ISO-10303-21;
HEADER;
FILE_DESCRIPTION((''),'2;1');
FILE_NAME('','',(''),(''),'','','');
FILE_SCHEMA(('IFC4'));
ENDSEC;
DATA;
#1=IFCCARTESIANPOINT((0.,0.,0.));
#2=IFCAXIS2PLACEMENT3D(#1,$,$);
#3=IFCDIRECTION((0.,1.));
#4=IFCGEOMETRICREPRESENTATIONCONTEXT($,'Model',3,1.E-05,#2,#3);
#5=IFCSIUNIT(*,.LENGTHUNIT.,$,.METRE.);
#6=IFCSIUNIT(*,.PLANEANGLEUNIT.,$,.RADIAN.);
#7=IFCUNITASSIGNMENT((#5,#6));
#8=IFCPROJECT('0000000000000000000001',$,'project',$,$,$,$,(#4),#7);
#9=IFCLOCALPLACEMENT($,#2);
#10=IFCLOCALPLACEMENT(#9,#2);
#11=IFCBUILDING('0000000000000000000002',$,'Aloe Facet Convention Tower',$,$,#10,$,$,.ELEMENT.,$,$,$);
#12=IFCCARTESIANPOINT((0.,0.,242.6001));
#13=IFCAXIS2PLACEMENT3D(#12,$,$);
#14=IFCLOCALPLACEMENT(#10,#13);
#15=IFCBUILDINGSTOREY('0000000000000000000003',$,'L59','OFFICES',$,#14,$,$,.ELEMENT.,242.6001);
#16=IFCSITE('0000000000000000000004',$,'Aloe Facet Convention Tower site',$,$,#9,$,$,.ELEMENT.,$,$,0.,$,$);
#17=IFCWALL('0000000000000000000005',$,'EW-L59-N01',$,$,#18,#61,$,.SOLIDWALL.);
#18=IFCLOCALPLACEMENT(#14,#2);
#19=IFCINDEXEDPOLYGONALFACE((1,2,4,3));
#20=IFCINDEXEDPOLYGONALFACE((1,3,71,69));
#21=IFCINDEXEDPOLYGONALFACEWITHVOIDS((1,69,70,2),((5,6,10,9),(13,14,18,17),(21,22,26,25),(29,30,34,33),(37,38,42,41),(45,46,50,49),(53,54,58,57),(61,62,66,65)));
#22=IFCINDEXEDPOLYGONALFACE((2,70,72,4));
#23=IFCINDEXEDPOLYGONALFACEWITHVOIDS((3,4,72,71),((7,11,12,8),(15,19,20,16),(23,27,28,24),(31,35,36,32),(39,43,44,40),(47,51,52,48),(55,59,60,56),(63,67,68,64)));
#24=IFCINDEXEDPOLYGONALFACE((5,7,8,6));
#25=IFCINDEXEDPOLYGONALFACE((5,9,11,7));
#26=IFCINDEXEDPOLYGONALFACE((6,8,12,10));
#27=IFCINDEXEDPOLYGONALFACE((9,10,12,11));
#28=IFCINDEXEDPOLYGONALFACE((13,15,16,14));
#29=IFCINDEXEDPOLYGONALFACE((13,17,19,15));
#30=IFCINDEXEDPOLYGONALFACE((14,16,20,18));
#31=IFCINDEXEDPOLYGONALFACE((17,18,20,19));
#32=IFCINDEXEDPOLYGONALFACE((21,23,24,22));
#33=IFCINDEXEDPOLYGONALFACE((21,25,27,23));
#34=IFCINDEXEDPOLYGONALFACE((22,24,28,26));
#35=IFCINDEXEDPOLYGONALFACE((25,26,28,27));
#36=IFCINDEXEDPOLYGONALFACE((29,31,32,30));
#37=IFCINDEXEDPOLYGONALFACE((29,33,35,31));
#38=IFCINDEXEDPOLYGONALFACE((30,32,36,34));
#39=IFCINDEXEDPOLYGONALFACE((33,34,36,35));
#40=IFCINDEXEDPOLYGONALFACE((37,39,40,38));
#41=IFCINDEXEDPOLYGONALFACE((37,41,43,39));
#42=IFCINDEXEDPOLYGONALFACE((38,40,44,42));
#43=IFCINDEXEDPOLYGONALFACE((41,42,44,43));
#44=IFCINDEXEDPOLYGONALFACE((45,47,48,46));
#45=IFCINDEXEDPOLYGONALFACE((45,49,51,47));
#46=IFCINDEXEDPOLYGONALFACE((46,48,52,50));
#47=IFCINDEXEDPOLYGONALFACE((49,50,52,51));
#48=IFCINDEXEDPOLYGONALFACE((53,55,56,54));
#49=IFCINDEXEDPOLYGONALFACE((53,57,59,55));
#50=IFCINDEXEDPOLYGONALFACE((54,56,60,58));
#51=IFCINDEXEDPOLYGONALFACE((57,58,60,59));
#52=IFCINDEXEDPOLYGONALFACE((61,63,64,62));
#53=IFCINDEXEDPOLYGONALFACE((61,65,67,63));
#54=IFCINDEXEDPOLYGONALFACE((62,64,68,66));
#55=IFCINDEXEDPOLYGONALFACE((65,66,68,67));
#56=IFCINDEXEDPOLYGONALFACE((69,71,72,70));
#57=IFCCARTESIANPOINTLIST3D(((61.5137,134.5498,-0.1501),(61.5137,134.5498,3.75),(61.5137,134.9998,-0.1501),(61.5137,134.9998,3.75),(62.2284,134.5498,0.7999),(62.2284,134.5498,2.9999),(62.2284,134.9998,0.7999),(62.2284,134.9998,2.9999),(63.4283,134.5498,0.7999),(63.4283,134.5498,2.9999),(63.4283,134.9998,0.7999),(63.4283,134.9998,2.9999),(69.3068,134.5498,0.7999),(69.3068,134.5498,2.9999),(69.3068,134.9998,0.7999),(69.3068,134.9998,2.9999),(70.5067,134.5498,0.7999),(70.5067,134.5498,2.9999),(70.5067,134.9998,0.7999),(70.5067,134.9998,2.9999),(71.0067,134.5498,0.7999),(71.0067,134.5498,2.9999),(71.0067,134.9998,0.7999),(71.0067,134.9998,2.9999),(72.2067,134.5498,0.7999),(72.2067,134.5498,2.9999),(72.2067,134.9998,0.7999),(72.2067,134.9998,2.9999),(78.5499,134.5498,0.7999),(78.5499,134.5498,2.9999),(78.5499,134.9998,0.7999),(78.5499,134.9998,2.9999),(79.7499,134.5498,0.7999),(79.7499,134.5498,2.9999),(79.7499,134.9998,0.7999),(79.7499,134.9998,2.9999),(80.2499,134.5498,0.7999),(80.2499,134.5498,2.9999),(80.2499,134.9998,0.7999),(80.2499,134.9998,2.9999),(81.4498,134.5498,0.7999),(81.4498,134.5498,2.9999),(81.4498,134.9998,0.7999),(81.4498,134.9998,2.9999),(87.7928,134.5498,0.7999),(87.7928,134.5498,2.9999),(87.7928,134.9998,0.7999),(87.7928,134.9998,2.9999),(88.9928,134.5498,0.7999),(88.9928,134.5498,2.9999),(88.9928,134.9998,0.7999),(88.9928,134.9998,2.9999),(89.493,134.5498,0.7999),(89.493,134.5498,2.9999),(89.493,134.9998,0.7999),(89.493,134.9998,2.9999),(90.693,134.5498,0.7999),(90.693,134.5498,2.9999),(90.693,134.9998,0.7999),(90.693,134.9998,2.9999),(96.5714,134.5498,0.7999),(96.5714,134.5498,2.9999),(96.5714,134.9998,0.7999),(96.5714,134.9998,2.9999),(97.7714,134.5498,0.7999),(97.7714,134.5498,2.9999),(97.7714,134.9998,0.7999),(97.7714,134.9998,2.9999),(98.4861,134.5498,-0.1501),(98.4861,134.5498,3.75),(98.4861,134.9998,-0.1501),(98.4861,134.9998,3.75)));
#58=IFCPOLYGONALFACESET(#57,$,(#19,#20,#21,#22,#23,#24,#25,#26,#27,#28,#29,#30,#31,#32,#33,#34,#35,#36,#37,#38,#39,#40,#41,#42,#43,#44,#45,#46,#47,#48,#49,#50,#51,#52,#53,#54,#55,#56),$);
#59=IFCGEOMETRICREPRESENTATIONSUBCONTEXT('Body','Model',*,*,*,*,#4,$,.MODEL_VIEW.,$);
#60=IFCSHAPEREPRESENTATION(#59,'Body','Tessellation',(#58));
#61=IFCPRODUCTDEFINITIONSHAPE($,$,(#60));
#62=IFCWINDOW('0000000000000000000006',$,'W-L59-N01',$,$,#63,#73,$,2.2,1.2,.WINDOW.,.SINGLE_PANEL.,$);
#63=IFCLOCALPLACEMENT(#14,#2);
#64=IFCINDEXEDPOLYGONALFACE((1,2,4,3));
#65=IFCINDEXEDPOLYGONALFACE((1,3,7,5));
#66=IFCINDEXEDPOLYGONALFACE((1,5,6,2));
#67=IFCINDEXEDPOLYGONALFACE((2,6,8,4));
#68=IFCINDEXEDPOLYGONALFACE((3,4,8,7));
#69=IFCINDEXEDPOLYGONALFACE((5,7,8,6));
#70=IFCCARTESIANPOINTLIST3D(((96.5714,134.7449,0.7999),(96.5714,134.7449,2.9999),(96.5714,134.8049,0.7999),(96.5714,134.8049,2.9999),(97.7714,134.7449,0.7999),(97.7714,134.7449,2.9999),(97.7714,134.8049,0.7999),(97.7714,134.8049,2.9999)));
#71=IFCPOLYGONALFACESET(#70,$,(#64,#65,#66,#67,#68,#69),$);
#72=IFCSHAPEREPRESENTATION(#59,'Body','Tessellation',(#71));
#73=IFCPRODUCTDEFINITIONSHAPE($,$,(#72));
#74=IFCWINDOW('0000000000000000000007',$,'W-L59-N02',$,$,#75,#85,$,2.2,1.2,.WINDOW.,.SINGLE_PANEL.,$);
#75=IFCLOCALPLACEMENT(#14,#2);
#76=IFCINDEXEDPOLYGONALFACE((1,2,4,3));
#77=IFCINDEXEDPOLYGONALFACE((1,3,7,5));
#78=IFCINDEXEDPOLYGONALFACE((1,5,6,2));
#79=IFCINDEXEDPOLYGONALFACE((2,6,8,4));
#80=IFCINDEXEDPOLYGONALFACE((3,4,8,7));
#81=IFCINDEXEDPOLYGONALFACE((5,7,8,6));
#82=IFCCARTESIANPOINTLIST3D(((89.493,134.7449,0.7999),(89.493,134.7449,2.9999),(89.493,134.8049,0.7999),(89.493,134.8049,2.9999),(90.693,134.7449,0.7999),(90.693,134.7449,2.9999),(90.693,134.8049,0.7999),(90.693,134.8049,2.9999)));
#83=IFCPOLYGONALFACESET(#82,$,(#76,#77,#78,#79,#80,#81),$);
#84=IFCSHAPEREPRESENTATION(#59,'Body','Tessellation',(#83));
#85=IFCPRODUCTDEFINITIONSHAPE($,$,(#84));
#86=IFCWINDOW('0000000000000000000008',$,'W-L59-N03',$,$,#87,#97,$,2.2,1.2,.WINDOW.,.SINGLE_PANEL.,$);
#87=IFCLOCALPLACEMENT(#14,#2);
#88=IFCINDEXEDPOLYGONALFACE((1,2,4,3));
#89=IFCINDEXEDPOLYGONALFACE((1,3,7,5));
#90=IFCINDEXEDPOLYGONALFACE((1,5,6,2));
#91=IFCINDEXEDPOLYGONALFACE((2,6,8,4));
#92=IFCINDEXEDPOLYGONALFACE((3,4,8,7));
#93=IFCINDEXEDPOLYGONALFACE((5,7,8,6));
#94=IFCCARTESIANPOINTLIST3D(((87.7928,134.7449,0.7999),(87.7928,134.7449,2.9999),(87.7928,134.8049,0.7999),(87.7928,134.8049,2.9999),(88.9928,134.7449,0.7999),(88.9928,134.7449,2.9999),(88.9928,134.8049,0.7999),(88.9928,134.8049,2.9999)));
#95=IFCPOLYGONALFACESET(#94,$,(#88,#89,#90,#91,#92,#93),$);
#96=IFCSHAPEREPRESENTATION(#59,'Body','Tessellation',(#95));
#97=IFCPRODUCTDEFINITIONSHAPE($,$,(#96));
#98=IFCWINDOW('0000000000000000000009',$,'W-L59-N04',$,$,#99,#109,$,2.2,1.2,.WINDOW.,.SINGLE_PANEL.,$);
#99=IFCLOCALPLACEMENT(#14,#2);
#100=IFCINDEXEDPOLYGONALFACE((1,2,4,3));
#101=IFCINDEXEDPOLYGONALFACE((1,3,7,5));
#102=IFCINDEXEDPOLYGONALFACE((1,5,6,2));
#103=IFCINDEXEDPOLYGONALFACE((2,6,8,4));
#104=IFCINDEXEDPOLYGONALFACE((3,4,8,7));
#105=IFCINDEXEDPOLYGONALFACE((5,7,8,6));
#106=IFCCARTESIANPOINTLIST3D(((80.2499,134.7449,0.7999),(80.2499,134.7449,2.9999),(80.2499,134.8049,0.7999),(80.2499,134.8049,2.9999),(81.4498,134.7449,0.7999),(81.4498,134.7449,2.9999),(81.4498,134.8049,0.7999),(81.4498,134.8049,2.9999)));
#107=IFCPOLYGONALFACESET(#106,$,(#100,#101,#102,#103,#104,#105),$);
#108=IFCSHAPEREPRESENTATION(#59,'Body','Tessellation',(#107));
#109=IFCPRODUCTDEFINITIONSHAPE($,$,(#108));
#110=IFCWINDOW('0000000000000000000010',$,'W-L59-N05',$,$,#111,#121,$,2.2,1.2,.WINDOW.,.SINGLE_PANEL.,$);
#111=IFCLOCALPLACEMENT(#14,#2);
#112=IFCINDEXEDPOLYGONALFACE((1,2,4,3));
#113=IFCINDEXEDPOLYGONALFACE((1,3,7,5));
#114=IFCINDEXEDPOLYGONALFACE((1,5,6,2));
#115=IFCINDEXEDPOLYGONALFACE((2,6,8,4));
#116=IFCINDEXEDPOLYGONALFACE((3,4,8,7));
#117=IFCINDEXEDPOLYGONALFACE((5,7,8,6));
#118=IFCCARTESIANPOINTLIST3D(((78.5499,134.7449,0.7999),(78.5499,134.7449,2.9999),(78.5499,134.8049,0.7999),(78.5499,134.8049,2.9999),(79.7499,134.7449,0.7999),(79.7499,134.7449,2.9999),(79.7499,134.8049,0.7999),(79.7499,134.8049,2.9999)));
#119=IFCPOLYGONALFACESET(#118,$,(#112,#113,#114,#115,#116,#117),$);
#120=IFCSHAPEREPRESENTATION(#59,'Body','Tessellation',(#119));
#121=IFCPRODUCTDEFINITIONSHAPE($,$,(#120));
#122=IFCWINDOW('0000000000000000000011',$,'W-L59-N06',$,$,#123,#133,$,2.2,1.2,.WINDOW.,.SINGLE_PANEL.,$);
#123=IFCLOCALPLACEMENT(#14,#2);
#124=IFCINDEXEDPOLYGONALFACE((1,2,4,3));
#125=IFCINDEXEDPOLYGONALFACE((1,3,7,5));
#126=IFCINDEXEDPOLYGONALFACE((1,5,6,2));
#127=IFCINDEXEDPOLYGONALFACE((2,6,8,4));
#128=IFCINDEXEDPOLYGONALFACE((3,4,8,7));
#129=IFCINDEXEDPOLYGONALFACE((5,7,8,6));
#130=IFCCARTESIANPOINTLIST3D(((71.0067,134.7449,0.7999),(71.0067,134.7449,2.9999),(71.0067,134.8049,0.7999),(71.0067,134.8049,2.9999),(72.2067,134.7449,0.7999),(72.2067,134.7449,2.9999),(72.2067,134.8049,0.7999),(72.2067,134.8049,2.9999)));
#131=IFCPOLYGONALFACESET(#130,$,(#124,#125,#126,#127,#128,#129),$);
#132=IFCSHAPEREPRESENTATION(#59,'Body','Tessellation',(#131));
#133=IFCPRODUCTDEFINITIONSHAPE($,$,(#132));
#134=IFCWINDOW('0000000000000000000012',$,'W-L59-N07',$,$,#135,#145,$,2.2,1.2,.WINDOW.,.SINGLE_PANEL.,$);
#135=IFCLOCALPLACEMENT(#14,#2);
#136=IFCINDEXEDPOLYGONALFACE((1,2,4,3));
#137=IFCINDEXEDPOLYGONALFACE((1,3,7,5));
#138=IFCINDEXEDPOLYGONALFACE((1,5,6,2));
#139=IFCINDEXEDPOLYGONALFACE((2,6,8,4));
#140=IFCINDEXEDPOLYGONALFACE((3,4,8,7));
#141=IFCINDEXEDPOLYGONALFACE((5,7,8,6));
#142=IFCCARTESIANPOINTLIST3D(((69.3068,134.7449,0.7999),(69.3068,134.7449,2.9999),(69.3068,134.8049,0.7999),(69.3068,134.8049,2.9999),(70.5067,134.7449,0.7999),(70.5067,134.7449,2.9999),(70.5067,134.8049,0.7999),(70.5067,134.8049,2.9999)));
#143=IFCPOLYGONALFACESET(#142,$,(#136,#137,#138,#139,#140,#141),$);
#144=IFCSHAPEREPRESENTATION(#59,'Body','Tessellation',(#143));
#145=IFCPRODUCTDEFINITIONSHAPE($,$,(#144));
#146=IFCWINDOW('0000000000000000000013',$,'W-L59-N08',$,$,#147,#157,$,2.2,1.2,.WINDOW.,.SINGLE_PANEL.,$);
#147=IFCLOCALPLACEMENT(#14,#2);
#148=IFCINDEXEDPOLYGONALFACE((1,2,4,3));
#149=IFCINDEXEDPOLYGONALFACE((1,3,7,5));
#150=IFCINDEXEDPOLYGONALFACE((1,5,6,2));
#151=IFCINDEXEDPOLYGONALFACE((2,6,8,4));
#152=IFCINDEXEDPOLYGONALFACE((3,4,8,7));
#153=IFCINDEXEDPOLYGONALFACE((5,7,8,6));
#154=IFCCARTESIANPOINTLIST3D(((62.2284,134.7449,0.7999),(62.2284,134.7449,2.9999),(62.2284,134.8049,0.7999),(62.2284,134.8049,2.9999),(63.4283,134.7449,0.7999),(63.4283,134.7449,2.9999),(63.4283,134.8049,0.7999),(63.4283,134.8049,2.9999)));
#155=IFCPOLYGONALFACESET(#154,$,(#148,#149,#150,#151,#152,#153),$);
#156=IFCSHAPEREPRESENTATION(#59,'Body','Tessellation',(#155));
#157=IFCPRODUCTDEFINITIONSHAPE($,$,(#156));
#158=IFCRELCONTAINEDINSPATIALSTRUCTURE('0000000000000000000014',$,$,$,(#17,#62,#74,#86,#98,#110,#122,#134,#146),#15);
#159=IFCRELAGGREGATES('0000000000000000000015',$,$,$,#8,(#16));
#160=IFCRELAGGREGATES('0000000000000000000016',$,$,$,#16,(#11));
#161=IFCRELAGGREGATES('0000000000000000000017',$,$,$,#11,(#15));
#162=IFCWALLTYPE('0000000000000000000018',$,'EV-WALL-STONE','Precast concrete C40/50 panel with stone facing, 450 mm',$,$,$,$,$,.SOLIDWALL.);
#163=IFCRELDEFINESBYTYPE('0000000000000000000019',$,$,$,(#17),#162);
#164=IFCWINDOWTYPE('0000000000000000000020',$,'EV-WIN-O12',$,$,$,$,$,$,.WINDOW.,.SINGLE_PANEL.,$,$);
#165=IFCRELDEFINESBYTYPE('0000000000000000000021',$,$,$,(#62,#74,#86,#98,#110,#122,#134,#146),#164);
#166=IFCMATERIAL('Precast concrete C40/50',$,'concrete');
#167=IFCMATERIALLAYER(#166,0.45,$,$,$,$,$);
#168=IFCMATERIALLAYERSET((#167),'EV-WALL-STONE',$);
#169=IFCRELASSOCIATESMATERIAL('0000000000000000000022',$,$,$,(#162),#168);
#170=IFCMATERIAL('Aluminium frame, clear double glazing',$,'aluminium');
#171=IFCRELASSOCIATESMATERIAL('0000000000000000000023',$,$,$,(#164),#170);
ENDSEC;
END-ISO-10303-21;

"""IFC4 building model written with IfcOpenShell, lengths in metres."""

from ifc_helpers import new_model, si_unit, direction, frame, frame_2d, origin, place, context, subcontext, project, spatial, polyline, rectangle, outline, extrude, material, layer, layer_set, type_object, element, fill, save


model = new_model("IFC4")

# Units and contexts
model_context = context("Model", 3, precision=1e-05, world=origin(), true_north=direction((0.0, 1.0)))
body_context = subcontext(model_context, "Body", "Model", "MODEL_VIEW")
ifc_project = project(units=[si_unit("LENGTHUNIT", "METRE"), si_unit("PLANEANGLEUNIT", "RADIAN")], contexts=[model_context])

# Site, building, storey
site_placement = place(None, origin())
site = spatial("IfcSite", under=ifc_project, at=site_placement, Name="Aloe Facet Convention Tower site", CompositionType="ELEMENT", RefElevation=0.0)
building_placement = place(site_placement, origin())
building = spatial("IfcBuilding", under=site, at=building_placement, Name="Aloe Facet Convention Tower", CompositionType="ELEMENT")
storey_placement = place(building_placement, frame((0.0, 0.0, 242.6001)))
storey = spatial("IfcBuildingStorey", under=building, at=storey_placement, Name="L59", Description="OFFICES", CompositionType="ELEMENT", Elevation=242.6001)

# Wall, openings, windows
ifc_material_1 = material(Name="Precast concrete C40/50", Category="concrete")
ifc_layer_1 = layer(ifc_material_1, 0.45)
ifc_layer_set_1 = layer_set([ifc_layer_1], Name="EV-WALL-STONE")
wall_type_1 = type_object("IfcWallType", Name="EV-WALL-STONE", Description="Precast concrete C40/50 panel with stone facing, 450 mm", PredefinedType="SOLIDWALL", material=ifc_layer_set_1)
wall_1_placement = place(storey_placement, frame((98.4861, 134.7749, -0.1501), z_axis=(0.0, 0.0, 1.0), x_axis=(-1.0, 0.0, 0.0)))
wall_1 = element("IfcWall", 1, at=wall_1_placement, inside=storey, type_object=wall_type_1, Name="EW-L59-N01", PredefinedType="SOLIDWALL", context=body_context, shape_type="SweptSolid", body=[
    extrude(outline(polyline([(36.9724, 0.0), (36.9724, 3.9001), (0.0, 3.9001), (0.0, 0.0), (36.9724, 0.0)])), frame((0.0, 0.2251, 0.0), z_axis=(0.0, -1.0, 0.0), x_axis=(1.0, 0.0, 0.0)), (0.0, 0.0, 1.0), 0.45),
])
opening_1_placement = place(wall_1_placement, frame((0.7146, 0.0, 0.95)))
opening_1 = element("IfcOpeningElement", 2, at=opening_1_placement, cuts=wall_1, PredefinedType="OPENING", context=body_context, shape_type="SweptSolid", body=[
    extrude(rectangle(XDim=1.2, YDim=2.2, at=frame_2d((0.6001, 1.1001))), frame((0.0, 0.2349, 0.0), z_axis=(0.0, -1.0, 0.0), x_axis=(1.0, 0.0, 0.0)), (0.0, 0.0, 1.0), 0.47),
])
opening_2_placement = place(wall_1_placement, frame((7.793, 0.0, 0.95)))
opening_2 = element("IfcOpeningElement", 3, at=opening_2_placement, cuts=wall_1, PredefinedType="OPENING", context=body_context, shape_type="SweptSolid", body=[
    extrude(rectangle(XDim=1.2, YDim=2.2, at=frame_2d((0.6001, 1.1001))), frame((0.0, 0.2349, 0.0), z_axis=(0.0, -1.0, 0.0), x_axis=(1.0, 0.0, 0.0)), (0.0, 0.0, 1.0), 0.47),
])
opening_3_placement = place(wall_1_placement, frame((9.4932, 0.0, 0.95)))
opening_3 = element("IfcOpeningElement", 4, at=opening_3_placement, cuts=wall_1, PredefinedType="OPENING", context=body_context, shape_type="SweptSolid", body=[
    extrude(rectangle(XDim=1.2, YDim=2.2, at=frame_2d((0.6001, 1.1001))), frame((0.0, 0.2349, 0.0), z_axis=(0.0, -1.0, 0.0), x_axis=(1.0, 0.0, 0.0)), (0.0, 0.0, 1.0), 0.47),
])
opening_4_placement = place(wall_1_placement, frame((17.0361, 0.0, 0.95)))
opening_4 = element("IfcOpeningElement", 5, at=opening_4_placement, cuts=wall_1, PredefinedType="OPENING", context=body_context, shape_type="SweptSolid", body=[
    extrude(rectangle(XDim=1.2, YDim=2.2, at=frame_2d((0.6001, 1.1001))), frame((0.0, 0.2349, 0.0), z_axis=(0.0, -1.0, 0.0), x_axis=(1.0, 0.0, 0.0)), (0.0, 0.0, 1.0), 0.47),
])
opening_5_placement = place(wall_1_placement, frame((18.7361, 0.0, 0.95)))
opening_5 = element("IfcOpeningElement", 6, at=opening_5_placement, cuts=wall_1, PredefinedType="OPENING", context=body_context, shape_type="SweptSolid", body=[
    extrude(rectangle(XDim=1.2, YDim=2.2, at=frame_2d((0.6001, 1.1001))), frame((0.0, 0.2349, 0.0), z_axis=(0.0, -1.0, 0.0), x_axis=(1.0, 0.0, 0.0)), (0.0, 0.0, 1.0), 0.47),
])
opening_6_placement = place(wall_1_placement, frame((26.2793, 0.0, 0.95)))
opening_6 = element("IfcOpeningElement", 7, at=opening_6_placement, cuts=wall_1, PredefinedType="OPENING", context=body_context, shape_type="SweptSolid", body=[
    extrude(rectangle(XDim=1.2, YDim=2.2, at=frame_2d((0.6001, 1.1001))), frame((0.0, 0.2349, 0.0), z_axis=(0.0, -1.0, 0.0), x_axis=(1.0, 0.0, 0.0)), (0.0, 0.0, 1.0), 0.47),
])
opening_7_placement = place(wall_1_placement, frame((27.9792, 0.0, 0.95)))
opening_7 = element("IfcOpeningElement", 8, at=opening_7_placement, cuts=wall_1, PredefinedType="OPENING", context=body_context, shape_type="SweptSolid", body=[
    extrude(rectangle(XDim=1.2, YDim=2.2, at=frame_2d((0.6001, 1.1001))), frame((0.0, 0.2349, 0.0), z_axis=(0.0, -1.0, 0.0), x_axis=(1.0, 0.0, 0.0)), (0.0, 0.0, 1.0), 0.47),
])
opening_8_placement = place(wall_1_placement, frame((35.0576, 0.0, 0.95)))
opening_8 = element("IfcOpeningElement", 9, at=opening_8_placement, cuts=wall_1, PredefinedType="OPENING", context=body_context, shape_type="SweptSolid", body=[
    extrude(rectangle(XDim=1.2, YDim=2.2, at=frame_2d((0.6001, 1.1001))), frame((0.0, 0.2349, 0.0), z_axis=(0.0, -1.0, 0.0), x_axis=(1.0, 0.0, 0.0)), (0.0, 0.0, 1.0), 0.47),
])
ifc_material_2 = material(Name="Aluminium frame, clear double glazing", Category="aluminium")
window_type = type_object("IfcWindowType", Name="EV-WIN-O12", PartitioningType="SINGLE_PANEL", PredefinedType="WINDOW", material=ifc_material_2)
window_1_placement = place(opening_1_placement, origin())
window_1 = element("IfcWindow", 10, at=window_1_placement, inside=storey, type_object=window_type, Name="W-L59-N01", OverallHeight=2.2, OverallWidth=1.2, PartitioningType="SINGLE_PANEL", PredefinedType="WINDOW", context=body_context, shape_type="SweptSolid", body=[
    extrude(rectangle(XDim=1.2, YDim=2.2, at=frame_2d((0.6001, 1.1001))), frame((0.0, 0.03, 0.0), z_axis=(0.0, -1.0, 0.0), x_axis=(1.0, 0.0, 0.0)), (0.0, 0.0, 1.0), 0.0601),
])
fill(opening_1, window_1)
window_2_placement = place(opening_2_placement, origin())
window_2 = element("IfcWindow", 11, at=window_2_placement, inside=storey, type_object=window_type, Name="W-L59-N02", OverallHeight=2.2, OverallWidth=1.2, PartitioningType="SINGLE_PANEL", PredefinedType="WINDOW", context=body_context, shape_type="SweptSolid", body=[
    extrude(rectangle(XDim=1.2, YDim=2.2, at=frame_2d((0.6001, 1.1001))), frame((0.0, 0.03, 0.0), z_axis=(0.0, -1.0, 0.0), x_axis=(1.0, 0.0, 0.0)), (0.0, 0.0, 1.0), 0.0601),
])
fill(opening_2, window_2)
window_3_placement = place(opening_3_placement, origin())
window_3 = element("IfcWindow", 12, at=window_3_placement, inside=storey, type_object=window_type, Name="W-L59-N03", OverallHeight=2.2, OverallWidth=1.2, PartitioningType="SINGLE_PANEL", PredefinedType="WINDOW", context=body_context, shape_type="SweptSolid", body=[
    extrude(rectangle(XDim=1.2, YDim=2.2, at=frame_2d((0.6001, 1.1001))), frame((0.0, 0.03, 0.0), z_axis=(0.0, -1.0, 0.0), x_axis=(1.0, 0.0, 0.0)), (0.0, 0.0, 1.0), 0.0601),
])
fill(opening_3, window_3)
window_4_placement = place(opening_4_placement, origin())
window_4 = element("IfcWindow", 13, at=window_4_placement, inside=storey, type_object=window_type, Name="W-L59-N04", OverallHeight=2.2, OverallWidth=1.2, PartitioningType="SINGLE_PANEL", PredefinedType="WINDOW", context=body_context, shape_type="SweptSolid", body=[
    extrude(rectangle(XDim=1.2, YDim=2.2, at=frame_2d((0.6001, 1.1001))), frame((0.0, 0.03, 0.0), z_axis=(0.0, -1.0, 0.0), x_axis=(1.0, 0.0, 0.0)), (0.0, 0.0, 1.0), 0.0601),
])
fill(opening_4, window_4)
window_5_placement = place(opening_5_placement, origin())
window_5 = element("IfcWindow", 14, at=window_5_placement, inside=storey, type_object=window_type, Name="W-L59-N05", OverallHeight=2.2, OverallWidth=1.2, PartitioningType="SINGLE_PANEL", PredefinedType="WINDOW", context=body_context, shape_type="SweptSolid", body=[
    extrude(rectangle(XDim=1.2, YDim=2.2, at=frame_2d((0.6001, 1.1001))), frame((0.0, 0.03, 0.0), z_axis=(0.0, -1.0, 0.0), x_axis=(1.0, 0.0, 0.0)), (0.0, 0.0, 1.0), 0.0601),
])
fill(opening_5, window_5)
window_6_placement = place(opening_6_placement, origin())
window_6 = element("IfcWindow", 15, at=window_6_placement, inside=storey, type_object=window_type, Name="W-L59-N06", OverallHeight=2.2, OverallWidth=1.2, PartitioningType="SINGLE_PANEL", PredefinedType="WINDOW", context=body_context, shape_type="SweptSolid", body=[
    extrude(rectangle(XDim=1.2, YDim=2.2, at=frame_2d((0.6001, 1.1001))), frame((0.0, 0.03, 0.0), z_axis=(0.0, -1.0, 0.0), x_axis=(1.0, 0.0, 0.0)), (0.0, 0.0, 1.0), 0.0601),
])
fill(opening_6, window_6)
window_7_placement = place(opening_7_placement, origin())
window_7 = element("IfcWindow", 16, at=window_7_placement, inside=storey, type_object=window_type, Name="W-L59-N07", OverallHeight=2.2, OverallWidth=1.2, PartitioningType="SINGLE_PANEL", PredefinedType="WINDOW", context=body_context, shape_type="SweptSolid", body=[
    extrude(rectangle(XDim=1.2, YDim=2.2, at=frame_2d((0.6001, 1.1001))), frame((0.0, 0.03, 0.0), z_axis=(0.0, -1.0, 0.0), x_axis=(1.0, 0.0, 0.0)), (0.0, 0.0, 1.0), 0.0601),
])
fill(opening_7, window_7)
window_8_placement = place(opening_8_placement, origin())
window_8 = element("IfcWindow", 17, at=window_8_placement, inside=storey, type_object=window_type, Name="W-L59-N08", OverallHeight=2.2, OverallWidth=1.2, PartitioningType="SINGLE_PANEL", PredefinedType="WINDOW", context=body_context, shape_type="SweptSolid", body=[
    extrude(rectangle(XDim=1.2, YDim=2.2, at=frame_2d((0.6001, 1.1001))), frame((0.0, 0.03, 0.0), z_axis=(0.0, -1.0, 0.0), x_axis=(1.0, 0.0, 0.0)), (0.0, 0.0, 1.0), 0.0601),
])
fill(opening_8, window_8)

save(model, "model.ifc")
